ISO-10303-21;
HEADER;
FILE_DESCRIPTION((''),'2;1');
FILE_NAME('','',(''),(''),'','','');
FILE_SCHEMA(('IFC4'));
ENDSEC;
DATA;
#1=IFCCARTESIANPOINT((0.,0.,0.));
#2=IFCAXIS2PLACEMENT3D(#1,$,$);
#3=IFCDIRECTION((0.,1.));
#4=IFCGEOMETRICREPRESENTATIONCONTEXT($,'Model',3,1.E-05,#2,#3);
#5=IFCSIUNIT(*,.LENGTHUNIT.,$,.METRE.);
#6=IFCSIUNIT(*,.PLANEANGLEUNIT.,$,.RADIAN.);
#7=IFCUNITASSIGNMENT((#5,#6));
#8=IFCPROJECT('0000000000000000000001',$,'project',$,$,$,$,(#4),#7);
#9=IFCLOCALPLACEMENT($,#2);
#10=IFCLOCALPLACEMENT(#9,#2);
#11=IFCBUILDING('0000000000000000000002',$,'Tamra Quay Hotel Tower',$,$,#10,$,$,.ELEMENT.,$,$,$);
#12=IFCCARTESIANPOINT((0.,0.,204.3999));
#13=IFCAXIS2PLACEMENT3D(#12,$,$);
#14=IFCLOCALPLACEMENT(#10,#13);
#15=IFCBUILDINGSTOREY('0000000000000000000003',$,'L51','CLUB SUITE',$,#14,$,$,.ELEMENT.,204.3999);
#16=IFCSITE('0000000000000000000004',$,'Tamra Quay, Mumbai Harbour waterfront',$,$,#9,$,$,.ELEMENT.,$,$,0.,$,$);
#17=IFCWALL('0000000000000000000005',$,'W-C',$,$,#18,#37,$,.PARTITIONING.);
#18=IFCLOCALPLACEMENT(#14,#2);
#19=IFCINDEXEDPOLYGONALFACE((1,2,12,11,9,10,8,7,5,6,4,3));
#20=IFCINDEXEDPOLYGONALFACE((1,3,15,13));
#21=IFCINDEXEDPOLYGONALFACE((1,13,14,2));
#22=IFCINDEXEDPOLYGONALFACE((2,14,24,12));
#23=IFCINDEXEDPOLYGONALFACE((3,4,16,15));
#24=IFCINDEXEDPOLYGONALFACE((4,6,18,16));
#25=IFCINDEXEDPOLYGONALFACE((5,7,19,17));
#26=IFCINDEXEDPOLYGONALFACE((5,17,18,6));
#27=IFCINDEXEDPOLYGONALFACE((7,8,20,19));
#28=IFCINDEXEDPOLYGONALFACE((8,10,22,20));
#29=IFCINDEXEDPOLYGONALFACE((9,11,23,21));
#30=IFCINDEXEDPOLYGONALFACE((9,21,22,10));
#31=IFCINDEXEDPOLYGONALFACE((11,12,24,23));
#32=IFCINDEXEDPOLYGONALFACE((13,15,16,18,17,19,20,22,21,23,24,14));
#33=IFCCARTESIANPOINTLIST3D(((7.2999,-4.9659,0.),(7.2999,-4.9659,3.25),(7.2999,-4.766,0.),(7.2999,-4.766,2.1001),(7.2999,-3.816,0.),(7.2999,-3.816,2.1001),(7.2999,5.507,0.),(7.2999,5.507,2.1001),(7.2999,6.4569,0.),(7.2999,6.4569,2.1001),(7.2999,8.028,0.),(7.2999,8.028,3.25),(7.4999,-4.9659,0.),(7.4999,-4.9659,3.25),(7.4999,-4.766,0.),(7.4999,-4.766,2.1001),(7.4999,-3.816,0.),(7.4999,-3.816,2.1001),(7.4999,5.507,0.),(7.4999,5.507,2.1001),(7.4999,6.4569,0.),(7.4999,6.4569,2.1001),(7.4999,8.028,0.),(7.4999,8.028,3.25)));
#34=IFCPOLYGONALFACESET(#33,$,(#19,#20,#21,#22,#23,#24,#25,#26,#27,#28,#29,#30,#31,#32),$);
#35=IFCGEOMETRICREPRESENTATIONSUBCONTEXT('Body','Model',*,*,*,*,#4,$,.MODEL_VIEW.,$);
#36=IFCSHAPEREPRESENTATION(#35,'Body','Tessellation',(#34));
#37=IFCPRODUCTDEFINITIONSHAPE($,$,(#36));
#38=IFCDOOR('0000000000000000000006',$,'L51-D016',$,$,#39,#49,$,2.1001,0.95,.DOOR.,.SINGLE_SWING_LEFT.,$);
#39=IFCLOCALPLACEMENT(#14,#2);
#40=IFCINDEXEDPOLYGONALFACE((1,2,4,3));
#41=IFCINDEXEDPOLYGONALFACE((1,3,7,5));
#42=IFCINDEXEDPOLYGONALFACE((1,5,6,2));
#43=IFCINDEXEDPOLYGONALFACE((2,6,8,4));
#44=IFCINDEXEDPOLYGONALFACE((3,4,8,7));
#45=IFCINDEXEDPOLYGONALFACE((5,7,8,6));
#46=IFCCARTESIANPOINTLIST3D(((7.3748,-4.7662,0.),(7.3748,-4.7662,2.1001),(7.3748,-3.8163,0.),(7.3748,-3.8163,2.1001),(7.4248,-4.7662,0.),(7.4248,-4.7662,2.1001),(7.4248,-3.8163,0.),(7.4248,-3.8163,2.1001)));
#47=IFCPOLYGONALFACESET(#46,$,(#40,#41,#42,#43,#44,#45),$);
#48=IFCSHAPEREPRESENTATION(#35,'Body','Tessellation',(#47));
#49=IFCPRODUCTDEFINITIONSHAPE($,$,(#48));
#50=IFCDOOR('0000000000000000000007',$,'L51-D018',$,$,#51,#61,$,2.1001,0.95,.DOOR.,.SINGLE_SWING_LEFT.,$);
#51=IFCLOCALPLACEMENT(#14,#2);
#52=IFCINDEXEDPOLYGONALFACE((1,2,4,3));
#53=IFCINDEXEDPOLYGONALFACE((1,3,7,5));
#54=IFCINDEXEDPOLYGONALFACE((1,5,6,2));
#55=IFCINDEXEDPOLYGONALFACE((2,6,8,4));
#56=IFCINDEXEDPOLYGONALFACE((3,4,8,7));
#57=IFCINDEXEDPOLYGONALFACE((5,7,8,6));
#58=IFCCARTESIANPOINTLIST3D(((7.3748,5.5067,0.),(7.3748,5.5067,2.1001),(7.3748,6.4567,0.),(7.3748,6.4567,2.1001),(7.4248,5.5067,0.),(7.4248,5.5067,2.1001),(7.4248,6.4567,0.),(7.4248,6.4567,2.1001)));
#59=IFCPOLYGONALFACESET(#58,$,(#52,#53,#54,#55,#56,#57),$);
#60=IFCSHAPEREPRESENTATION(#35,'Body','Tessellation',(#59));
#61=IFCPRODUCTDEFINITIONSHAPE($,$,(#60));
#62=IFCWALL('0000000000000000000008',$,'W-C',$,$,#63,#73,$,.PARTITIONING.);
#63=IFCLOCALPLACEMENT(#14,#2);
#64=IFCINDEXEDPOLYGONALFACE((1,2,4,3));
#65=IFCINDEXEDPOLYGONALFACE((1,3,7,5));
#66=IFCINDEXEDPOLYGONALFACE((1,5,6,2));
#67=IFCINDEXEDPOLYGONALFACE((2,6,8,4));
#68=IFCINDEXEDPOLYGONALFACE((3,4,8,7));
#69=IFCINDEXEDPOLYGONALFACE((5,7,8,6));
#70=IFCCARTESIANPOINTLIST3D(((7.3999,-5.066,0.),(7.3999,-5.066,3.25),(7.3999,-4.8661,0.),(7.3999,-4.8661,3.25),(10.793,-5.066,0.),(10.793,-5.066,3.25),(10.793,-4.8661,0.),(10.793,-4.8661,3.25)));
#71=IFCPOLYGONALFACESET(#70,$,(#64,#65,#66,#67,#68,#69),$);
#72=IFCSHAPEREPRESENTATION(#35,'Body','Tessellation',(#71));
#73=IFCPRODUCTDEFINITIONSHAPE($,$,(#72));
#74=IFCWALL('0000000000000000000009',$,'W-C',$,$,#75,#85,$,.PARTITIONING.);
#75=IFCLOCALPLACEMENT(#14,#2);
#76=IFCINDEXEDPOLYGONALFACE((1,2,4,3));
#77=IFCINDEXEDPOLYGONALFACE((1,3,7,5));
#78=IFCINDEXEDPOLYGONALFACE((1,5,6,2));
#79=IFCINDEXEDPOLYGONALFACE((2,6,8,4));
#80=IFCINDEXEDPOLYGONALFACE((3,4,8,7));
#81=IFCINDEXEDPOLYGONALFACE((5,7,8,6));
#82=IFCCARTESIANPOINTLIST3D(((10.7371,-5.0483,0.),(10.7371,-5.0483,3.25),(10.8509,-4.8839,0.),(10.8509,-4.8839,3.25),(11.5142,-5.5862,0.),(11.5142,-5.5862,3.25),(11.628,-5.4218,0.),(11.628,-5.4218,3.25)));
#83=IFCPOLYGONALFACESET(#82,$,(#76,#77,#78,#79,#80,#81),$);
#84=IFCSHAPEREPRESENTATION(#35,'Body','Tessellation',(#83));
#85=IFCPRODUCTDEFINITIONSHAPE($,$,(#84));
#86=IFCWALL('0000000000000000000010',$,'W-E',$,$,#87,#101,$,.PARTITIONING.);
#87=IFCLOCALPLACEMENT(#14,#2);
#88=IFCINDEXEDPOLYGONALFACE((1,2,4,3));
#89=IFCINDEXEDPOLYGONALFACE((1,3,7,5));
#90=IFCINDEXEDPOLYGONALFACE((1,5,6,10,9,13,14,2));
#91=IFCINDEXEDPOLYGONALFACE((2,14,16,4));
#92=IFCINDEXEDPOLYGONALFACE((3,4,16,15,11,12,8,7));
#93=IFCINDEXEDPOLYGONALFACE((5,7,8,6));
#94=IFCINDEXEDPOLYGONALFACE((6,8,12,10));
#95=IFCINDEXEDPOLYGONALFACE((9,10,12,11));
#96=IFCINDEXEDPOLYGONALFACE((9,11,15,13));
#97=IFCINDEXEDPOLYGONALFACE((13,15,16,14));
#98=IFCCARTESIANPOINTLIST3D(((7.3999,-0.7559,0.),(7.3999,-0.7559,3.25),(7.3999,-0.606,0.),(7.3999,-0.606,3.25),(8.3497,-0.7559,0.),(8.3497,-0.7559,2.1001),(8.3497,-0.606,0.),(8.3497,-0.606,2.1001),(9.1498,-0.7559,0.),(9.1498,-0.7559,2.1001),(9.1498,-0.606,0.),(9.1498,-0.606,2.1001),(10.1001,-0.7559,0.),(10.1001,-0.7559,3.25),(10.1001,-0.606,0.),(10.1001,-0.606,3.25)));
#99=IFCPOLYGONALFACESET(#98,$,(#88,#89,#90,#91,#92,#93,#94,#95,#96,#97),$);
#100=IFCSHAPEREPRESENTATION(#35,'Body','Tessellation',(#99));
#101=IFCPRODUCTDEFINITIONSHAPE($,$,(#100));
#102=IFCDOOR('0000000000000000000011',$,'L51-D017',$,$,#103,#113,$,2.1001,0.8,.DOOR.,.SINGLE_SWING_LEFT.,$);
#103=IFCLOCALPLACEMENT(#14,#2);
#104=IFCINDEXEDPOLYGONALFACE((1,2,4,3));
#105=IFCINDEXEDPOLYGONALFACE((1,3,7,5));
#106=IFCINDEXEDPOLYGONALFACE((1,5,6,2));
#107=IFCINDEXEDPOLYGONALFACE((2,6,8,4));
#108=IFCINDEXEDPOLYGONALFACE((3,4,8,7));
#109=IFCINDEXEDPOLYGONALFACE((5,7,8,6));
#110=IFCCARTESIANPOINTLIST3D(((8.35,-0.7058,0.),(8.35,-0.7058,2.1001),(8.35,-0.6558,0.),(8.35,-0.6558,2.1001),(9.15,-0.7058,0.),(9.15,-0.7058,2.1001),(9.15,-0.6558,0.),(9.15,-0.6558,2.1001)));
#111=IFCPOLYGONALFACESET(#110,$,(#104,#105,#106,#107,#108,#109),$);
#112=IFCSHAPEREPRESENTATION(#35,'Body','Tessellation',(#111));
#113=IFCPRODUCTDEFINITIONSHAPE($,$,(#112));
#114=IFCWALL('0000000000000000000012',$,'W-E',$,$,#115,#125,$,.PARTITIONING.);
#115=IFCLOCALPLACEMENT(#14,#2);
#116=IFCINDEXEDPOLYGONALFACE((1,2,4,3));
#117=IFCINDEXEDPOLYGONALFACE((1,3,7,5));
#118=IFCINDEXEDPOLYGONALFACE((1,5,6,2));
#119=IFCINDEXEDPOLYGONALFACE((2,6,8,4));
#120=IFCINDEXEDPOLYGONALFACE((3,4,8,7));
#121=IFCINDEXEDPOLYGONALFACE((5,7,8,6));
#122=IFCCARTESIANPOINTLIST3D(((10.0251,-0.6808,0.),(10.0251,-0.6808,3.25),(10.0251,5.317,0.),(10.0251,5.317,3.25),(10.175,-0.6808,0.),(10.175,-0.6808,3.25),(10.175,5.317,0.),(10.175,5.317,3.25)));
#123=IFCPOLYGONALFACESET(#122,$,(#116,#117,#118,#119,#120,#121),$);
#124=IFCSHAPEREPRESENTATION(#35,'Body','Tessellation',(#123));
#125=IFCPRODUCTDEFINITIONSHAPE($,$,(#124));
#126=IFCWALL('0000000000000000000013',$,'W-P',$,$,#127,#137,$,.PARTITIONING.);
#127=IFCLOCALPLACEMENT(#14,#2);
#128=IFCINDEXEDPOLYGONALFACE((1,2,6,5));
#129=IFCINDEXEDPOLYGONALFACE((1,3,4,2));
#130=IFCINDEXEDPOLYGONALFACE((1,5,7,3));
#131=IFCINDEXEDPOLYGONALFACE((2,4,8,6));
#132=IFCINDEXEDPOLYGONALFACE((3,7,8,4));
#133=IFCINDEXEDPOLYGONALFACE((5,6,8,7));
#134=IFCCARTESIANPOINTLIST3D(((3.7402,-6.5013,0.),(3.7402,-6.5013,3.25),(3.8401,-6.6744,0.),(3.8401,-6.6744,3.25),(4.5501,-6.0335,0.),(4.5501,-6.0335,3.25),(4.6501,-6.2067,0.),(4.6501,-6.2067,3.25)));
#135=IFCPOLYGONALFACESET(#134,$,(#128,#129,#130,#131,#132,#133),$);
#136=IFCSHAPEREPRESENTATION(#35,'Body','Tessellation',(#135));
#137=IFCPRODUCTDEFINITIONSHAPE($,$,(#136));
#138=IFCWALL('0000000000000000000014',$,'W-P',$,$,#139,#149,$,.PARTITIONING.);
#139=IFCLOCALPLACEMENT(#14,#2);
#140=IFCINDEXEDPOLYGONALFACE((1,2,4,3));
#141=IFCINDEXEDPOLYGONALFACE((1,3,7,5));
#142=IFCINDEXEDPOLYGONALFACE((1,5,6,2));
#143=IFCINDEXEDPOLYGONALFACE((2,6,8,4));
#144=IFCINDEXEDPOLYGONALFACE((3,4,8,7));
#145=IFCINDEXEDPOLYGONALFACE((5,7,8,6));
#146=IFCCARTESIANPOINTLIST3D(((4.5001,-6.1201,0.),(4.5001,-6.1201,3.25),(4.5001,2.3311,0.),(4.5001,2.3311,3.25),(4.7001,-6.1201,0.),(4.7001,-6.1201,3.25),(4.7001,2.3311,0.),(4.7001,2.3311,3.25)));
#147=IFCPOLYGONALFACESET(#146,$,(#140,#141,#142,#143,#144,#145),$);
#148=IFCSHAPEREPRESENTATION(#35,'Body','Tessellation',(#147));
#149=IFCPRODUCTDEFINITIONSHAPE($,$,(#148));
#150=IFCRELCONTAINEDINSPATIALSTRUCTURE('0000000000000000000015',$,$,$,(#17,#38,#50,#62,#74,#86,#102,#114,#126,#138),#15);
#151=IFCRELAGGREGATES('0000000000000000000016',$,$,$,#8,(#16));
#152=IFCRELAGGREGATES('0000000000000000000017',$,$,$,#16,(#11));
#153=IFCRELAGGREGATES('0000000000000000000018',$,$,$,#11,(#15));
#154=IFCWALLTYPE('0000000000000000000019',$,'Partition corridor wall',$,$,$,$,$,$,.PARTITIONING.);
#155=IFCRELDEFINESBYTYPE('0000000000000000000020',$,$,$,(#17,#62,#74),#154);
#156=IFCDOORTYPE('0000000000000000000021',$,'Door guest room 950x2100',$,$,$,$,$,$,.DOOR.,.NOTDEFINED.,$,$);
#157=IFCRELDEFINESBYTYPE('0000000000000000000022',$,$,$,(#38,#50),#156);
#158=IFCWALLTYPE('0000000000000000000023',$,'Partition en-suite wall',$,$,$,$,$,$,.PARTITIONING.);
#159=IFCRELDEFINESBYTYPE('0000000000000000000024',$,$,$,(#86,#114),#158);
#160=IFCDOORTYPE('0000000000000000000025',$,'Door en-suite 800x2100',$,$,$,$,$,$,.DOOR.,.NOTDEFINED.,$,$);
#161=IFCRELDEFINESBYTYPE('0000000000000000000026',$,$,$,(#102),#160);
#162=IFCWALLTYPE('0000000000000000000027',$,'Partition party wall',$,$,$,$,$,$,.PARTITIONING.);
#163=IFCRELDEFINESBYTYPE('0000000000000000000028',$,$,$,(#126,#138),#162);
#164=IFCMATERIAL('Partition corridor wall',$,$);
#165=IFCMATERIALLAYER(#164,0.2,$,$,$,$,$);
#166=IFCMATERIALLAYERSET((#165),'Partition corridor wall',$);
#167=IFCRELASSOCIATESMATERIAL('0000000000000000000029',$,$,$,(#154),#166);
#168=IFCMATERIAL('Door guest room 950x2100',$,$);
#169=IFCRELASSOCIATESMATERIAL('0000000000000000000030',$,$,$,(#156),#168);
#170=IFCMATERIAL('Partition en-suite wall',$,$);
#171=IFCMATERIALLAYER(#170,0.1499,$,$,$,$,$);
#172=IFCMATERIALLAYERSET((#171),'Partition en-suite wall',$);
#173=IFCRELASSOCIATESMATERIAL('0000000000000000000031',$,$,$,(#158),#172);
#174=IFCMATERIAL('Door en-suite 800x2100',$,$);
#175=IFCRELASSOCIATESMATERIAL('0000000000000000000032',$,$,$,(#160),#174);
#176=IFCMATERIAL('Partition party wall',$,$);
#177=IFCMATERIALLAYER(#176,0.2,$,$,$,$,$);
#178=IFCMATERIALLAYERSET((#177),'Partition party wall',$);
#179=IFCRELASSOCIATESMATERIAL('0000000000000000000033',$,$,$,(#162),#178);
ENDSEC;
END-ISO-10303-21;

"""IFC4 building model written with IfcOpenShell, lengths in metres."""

from ifc_helpers import new_model, si_unit, direction, frame, frame_2d, origin, place, context, subcontext, project, spatial, rectangle, extrude, material, layer, layer_set, type_object, element, fill, save


model = new_model("IFC4")

# Units and contexts
model_context = context("Model", 3, precision=1e-05, world=origin(), true_north=direction((0.0, 1.0)))
body_context = subcontext(model_context, "Body", "Model", "MODEL_VIEW")
ifc_project = project(units=[si_unit("LENGTHUNIT", "METRE"), si_unit("PLANEANGLEUNIT", "RADIAN")], contexts=[model_context])

# Site, building, storey
site_placement = place(None, origin())
site = spatial("IfcSite", under=ifc_project, at=site_placement, Name="Tamra Quay, Mumbai Harbour waterfront", CompositionType="ELEMENT", RefElevation=0.0)
building_placement = place(site_placement, origin())
building = spatial("IfcBuilding", under=site, at=building_placement, Name="Tamra Quay Hotel Tower", CompositionType="ELEMENT")
storey_placement = place(building_placement, frame((0.0, 0.0, 204.3999)))
storey = spatial("IfcBuildingStorey", under=building, at=storey_placement, Name="L51", Description="CLUB SUITE", CompositionType="ELEMENT", Elevation=204.3999)

# Shared definitions
ifc_material_1 = material(Name="Partition corridor wall")
ifc_layer_1 = layer(ifc_material_1, 0.2)
ifc_layer_set_1 = layer_set([ifc_layer_1], Name="Partition corridor wall")
wall_type_1 = type_object("IfcWallType", Name="Partition corridor wall", PredefinedType="PARTITIONING", material=ifc_layer_set_1)

# Wall, openings, doors
wall_1_placement = place(storey_placement, frame((7.3999, -4.9661, 0.0), z_axis=(0.0, 0.0, 1.0), x_axis=(0.0, 1.0, 0.0)))
wall_1 = element("IfcWall", 1, at=wall_1_placement, inside=storey, type_object=wall_type_1, Name="W-C", PredefinedType="PARTITIONING", context=body_context, shape_type="SweptSolid", body=[
    extrude(rectangle(XDim=12.9939, YDim=0.2, at=frame_2d((6.4971, 0.0))), origin(), (0.0, 0.0, 1.0), 3.25),
])
opening_1_placement = place(wall_1_placement, frame((0.2, 0.0, 0.0)))
opening_1 = element("IfcOpeningElement", 2, at=opening_1_placement, cuts=wall_1, PredefinedType="OPENING", context=body_context, shape_type="SweptSolid", body=[
    extrude(rectangle(XDim=0.95, YDim=2.1001, at=frame_2d((0.4751, 1.05))), frame((0.0, 0.1099, 0.0), z_axis=(0.0, -1.0, 0.0), x_axis=(1.0, 0.0, 0.0)), (0.0, 0.0, 1.0), 0.22),
])
opening_2_placement = place(wall_1_placement, frame((10.4729, 0.0, 0.0)))
opening_2 = element("IfcOpeningElement", 3, at=opening_2_placement, cuts=wall_1, PredefinedType="OPENING", context=body_context, shape_type="SweptSolid", body=[
    extrude(rectangle(XDim=0.95, YDim=2.1001, at=frame_2d((0.4751, 1.05))), frame((0.0, 0.1099, 0.0), z_axis=(0.0, -1.0, 0.0), x_axis=(1.0, 0.0, 0.0)), (0.0, 0.0, 1.0), 0.22),
])
ifc_material_2 = material(Name="Door guest room 950x2100")
door_type_1 = type_object("IfcDoorType", Name="Door guest room 950x2100", OperationType="NOTDEFINED", PredefinedType="DOOR", material=ifc_material_2)
door_1_placement = place(opening_1_placement, frame((0.95, 0.0, 0.0), z_axis=(0.0, 0.0, 1.0), x_axis=(-1.0, 0.0, 0.0)))
door_1 = element("IfcDoor", 4, at=door_1_placement, inside=storey, type_object=door_type_1, Name="L51-D016", OperationType="SINGLE_SWING_LEFT", OverallHeight=2.1001, OverallWidth=0.95, PredefinedType="DOOR", context=body_context, shape_type="SweptSolid", body=[
    extrude(rectangle(XDim=0.95, YDim=2.1001, at=frame_2d((0.4751, 1.05))), frame((0.0, 0.0249, 0.0), z_axis=(0.0, -1.0, 0.0), x_axis=(1.0, 0.0, 0.0)), (0.0, 0.0, 1.0), 0.05),
])
fill(opening_1, door_1)
door_2_placement = place(opening_2_placement, frame((0.95, 0.0, 0.0), z_axis=(0.0, 0.0, 1.0), x_axis=(-1.0, 0.0, 0.0)))
door_2 = element("IfcDoor", 5, at=door_2_placement, inside=storey, type_object=door_type_1, Name="L51-D018", OperationType="SINGLE_SWING_LEFT", OverallHeight=2.1001, OverallWidth=0.95, PredefinedType="DOOR", context=body_context, shape_type="SweptSolid", body=[
    extrude(rectangle(XDim=0.95, YDim=2.1001, at=frame_2d((0.4751, 1.05))), frame((0.0, 0.0249, 0.0), z_axis=(0.0, -1.0, 0.0), x_axis=(1.0, 0.0, 0.0)), (0.0, 0.0, 1.0), 0.05),
])
fill(opening_2, door_2)

# Walls
wall_2_placement = place(storey_placement, frame((7.3999, -4.9661, 0.0), z_axis=(0.0, 0.0, 1.0), x_axis=(1.0, 0.0, 0.0)))
element("IfcWall", 6, at=wall_2_placement, inside=storey, type_object=wall_type_1, Name="W-C", PredefinedType="PARTITIONING", context=body_context, shape_type="SweptSolid", body=[
    extrude(rectangle(XDim=3.3931, YDim=0.2, at=frame_2d((1.6965, 0.0))), origin(), (0.0, 0.0, 1.0), 3.25),
])
wall_3_placement = place(storey_placement, frame((10.7939, -4.9661, 0.0), z_axis=(0.0, 0.0, 1.0), x_axis=(0.822267, -0.569103, 0.0)))
element("IfcWall", 7, at=wall_3_placement, inside=storey, type_object=wall_type_1, Name="W-C", PredefinedType="PARTITIONING", context=body_context, shape_type="SweptSolid", body=[
    extrude(rectangle(XDim=0.9451, YDim=0.2, at=frame_2d((0.4727, 0.0))), origin(), (0.0, 0.0, 1.0), 3.25),
])

# Wall, opening, door
ifc_material_3 = material(Name="Partition en-suite wall")
ifc_layer_2 = layer(ifc_material_3, 0.1499)
ifc_layer_set_2 = layer_set([ifc_layer_2], Name="Partition en-suite wall")
wall_type_2 = type_object("IfcWallType", Name="Partition en-suite wall", PredefinedType="PARTITIONING", material=ifc_layer_set_2)
wall_4_placement = place(storey_placement, frame((7.3999, -0.6809, 0.0), z_axis=(0.0, 0.0, 1.0), x_axis=(1.0, 0.0, 0.0)))
wall_4 = element("IfcWall", 8, at=wall_4_placement, inside=storey, type_object=wall_type_2, Name="W-E", PredefinedType="PARTITIONING", context=body_context, shape_type="SweptSolid", body=[
    extrude(rectangle(XDim=2.7002, YDim=0.1499, at=frame_2d((1.3501, 0.0))), origin(), (0.0, 0.0, 1.0), 3.25),
])
opening_3_placement = place(wall_4_placement, frame((0.95, 0.0, 0.0)))
opening_3 = element("IfcOpeningElement", 9, at=opening_3_placement, cuts=wall_4, PredefinedType="OPENING", context=body_context, shape_type="SweptSolid", body=[
    extrude(rectangle(XDim=0.8, YDim=2.1001, at=frame_2d((0.3999, 1.05))), frame((0.0, 0.085, 0.0), z_axis=(0.0, -1.0, 0.0), x_axis=(1.0, 0.0, 0.0)), (0.0, 0.0, 1.0), 0.1699),
])
ifc_material_4 = material(Name="Door en-suite 800x2100")
door_type_2 = type_object("IfcDoorType", Name="Door en-suite 800x2100", OperationType="NOTDEFINED", PredefinedType="DOOR", material=ifc_material_4)
door_3_placement = place(opening_3_placement, frame((0.8, 0.0, 0.0), z_axis=(0.0, 0.0, 1.0), x_axis=(-1.0, 0.0, 0.0)))
door_3 = element("IfcDoor", 10, at=door_3_placement, inside=storey, type_object=door_type_2, Name="L51-D017", OperationType="SINGLE_SWING_LEFT", OverallHeight=2.1001, OverallWidth=0.8, PredefinedType="DOOR", context=body_context, shape_type="SweptSolid", body=[
    extrude(rectangle(XDim=0.8, YDim=2.1001, at=frame_2d((0.3999, 1.05))), frame((0.0, 0.0249, 0.0), z_axis=(0.0, -1.0, 0.0), x_axis=(1.0, 0.0, 0.0)), (0.0, 0.0, 1.0), 0.05),
])
fill(opening_3, door_3)

# Walls
wall_5_placement = place(storey_placement, frame((10.1001, -0.6809, 0.0), z_axis=(0.0, 0.0, 1.0), x_axis=(0.0, 1.0, 0.0)))
element("IfcWall", 11, at=wall_5_placement, inside=storey, type_object=wall_type_2, Name="W-E", PredefinedType="PARTITIONING", context=body_context, shape_type="SweptSolid", body=[
    extrude(rectangle(XDim=5.9978, YDim=0.1499, at=frame_2d((2.999, 0.0))), origin(), (0.0, 0.0, 1.0), 3.25),
])
ifc_material_5 = material(Name="Partition party wall")
ifc_layer_3 = layer(ifc_material_5, 0.2)
ifc_layer_set_3 = layer_set([ifc_layer_3], Name="Partition party wall")
wall_type_3 = type_object("IfcWallType", Name="Partition party wall", PredefinedType="PARTITIONING", material=ifc_layer_set_3)
wall_6_placement = place(storey_placement, frame((3.79, -6.5879, 0.0), z_axis=(0.0, 0.0, 1.0), x_axis=(0.865986, 0.500069, 0.0)))
element("IfcWall", 12, at=wall_6_placement, inside=storey, type_object=wall_type_3, Name="W-P", PredefinedType="PARTITIONING", context=body_context, shape_type="SweptSolid", body=[
    extrude(rectangle(XDim=0.9353, YDim=0.2, at=frame_2d((0.4678, 0.0))), origin(), (0.0, 0.0, 1.0), 3.25),
])
wall_7_placement = place(storey_placement, frame((4.6001, -6.1201, 0.0), z_axis=(0.0, 0.0, 1.0), x_axis=(0.0, 1.0, 0.0)))
element("IfcWall", 13, at=wall_7_placement, inside=storey, type_object=wall_type_3, Name="W-P", PredefinedType="PARTITIONING", context=body_context, shape_type="SweptSolid", body=[
    extrude(rectangle(XDim=8.4512, YDim=0.2, at=frame_2d((4.2256, 0.0))), origin(), (0.0, 0.0, 1.0), 3.25),
])

save(model, "model.ifc")
